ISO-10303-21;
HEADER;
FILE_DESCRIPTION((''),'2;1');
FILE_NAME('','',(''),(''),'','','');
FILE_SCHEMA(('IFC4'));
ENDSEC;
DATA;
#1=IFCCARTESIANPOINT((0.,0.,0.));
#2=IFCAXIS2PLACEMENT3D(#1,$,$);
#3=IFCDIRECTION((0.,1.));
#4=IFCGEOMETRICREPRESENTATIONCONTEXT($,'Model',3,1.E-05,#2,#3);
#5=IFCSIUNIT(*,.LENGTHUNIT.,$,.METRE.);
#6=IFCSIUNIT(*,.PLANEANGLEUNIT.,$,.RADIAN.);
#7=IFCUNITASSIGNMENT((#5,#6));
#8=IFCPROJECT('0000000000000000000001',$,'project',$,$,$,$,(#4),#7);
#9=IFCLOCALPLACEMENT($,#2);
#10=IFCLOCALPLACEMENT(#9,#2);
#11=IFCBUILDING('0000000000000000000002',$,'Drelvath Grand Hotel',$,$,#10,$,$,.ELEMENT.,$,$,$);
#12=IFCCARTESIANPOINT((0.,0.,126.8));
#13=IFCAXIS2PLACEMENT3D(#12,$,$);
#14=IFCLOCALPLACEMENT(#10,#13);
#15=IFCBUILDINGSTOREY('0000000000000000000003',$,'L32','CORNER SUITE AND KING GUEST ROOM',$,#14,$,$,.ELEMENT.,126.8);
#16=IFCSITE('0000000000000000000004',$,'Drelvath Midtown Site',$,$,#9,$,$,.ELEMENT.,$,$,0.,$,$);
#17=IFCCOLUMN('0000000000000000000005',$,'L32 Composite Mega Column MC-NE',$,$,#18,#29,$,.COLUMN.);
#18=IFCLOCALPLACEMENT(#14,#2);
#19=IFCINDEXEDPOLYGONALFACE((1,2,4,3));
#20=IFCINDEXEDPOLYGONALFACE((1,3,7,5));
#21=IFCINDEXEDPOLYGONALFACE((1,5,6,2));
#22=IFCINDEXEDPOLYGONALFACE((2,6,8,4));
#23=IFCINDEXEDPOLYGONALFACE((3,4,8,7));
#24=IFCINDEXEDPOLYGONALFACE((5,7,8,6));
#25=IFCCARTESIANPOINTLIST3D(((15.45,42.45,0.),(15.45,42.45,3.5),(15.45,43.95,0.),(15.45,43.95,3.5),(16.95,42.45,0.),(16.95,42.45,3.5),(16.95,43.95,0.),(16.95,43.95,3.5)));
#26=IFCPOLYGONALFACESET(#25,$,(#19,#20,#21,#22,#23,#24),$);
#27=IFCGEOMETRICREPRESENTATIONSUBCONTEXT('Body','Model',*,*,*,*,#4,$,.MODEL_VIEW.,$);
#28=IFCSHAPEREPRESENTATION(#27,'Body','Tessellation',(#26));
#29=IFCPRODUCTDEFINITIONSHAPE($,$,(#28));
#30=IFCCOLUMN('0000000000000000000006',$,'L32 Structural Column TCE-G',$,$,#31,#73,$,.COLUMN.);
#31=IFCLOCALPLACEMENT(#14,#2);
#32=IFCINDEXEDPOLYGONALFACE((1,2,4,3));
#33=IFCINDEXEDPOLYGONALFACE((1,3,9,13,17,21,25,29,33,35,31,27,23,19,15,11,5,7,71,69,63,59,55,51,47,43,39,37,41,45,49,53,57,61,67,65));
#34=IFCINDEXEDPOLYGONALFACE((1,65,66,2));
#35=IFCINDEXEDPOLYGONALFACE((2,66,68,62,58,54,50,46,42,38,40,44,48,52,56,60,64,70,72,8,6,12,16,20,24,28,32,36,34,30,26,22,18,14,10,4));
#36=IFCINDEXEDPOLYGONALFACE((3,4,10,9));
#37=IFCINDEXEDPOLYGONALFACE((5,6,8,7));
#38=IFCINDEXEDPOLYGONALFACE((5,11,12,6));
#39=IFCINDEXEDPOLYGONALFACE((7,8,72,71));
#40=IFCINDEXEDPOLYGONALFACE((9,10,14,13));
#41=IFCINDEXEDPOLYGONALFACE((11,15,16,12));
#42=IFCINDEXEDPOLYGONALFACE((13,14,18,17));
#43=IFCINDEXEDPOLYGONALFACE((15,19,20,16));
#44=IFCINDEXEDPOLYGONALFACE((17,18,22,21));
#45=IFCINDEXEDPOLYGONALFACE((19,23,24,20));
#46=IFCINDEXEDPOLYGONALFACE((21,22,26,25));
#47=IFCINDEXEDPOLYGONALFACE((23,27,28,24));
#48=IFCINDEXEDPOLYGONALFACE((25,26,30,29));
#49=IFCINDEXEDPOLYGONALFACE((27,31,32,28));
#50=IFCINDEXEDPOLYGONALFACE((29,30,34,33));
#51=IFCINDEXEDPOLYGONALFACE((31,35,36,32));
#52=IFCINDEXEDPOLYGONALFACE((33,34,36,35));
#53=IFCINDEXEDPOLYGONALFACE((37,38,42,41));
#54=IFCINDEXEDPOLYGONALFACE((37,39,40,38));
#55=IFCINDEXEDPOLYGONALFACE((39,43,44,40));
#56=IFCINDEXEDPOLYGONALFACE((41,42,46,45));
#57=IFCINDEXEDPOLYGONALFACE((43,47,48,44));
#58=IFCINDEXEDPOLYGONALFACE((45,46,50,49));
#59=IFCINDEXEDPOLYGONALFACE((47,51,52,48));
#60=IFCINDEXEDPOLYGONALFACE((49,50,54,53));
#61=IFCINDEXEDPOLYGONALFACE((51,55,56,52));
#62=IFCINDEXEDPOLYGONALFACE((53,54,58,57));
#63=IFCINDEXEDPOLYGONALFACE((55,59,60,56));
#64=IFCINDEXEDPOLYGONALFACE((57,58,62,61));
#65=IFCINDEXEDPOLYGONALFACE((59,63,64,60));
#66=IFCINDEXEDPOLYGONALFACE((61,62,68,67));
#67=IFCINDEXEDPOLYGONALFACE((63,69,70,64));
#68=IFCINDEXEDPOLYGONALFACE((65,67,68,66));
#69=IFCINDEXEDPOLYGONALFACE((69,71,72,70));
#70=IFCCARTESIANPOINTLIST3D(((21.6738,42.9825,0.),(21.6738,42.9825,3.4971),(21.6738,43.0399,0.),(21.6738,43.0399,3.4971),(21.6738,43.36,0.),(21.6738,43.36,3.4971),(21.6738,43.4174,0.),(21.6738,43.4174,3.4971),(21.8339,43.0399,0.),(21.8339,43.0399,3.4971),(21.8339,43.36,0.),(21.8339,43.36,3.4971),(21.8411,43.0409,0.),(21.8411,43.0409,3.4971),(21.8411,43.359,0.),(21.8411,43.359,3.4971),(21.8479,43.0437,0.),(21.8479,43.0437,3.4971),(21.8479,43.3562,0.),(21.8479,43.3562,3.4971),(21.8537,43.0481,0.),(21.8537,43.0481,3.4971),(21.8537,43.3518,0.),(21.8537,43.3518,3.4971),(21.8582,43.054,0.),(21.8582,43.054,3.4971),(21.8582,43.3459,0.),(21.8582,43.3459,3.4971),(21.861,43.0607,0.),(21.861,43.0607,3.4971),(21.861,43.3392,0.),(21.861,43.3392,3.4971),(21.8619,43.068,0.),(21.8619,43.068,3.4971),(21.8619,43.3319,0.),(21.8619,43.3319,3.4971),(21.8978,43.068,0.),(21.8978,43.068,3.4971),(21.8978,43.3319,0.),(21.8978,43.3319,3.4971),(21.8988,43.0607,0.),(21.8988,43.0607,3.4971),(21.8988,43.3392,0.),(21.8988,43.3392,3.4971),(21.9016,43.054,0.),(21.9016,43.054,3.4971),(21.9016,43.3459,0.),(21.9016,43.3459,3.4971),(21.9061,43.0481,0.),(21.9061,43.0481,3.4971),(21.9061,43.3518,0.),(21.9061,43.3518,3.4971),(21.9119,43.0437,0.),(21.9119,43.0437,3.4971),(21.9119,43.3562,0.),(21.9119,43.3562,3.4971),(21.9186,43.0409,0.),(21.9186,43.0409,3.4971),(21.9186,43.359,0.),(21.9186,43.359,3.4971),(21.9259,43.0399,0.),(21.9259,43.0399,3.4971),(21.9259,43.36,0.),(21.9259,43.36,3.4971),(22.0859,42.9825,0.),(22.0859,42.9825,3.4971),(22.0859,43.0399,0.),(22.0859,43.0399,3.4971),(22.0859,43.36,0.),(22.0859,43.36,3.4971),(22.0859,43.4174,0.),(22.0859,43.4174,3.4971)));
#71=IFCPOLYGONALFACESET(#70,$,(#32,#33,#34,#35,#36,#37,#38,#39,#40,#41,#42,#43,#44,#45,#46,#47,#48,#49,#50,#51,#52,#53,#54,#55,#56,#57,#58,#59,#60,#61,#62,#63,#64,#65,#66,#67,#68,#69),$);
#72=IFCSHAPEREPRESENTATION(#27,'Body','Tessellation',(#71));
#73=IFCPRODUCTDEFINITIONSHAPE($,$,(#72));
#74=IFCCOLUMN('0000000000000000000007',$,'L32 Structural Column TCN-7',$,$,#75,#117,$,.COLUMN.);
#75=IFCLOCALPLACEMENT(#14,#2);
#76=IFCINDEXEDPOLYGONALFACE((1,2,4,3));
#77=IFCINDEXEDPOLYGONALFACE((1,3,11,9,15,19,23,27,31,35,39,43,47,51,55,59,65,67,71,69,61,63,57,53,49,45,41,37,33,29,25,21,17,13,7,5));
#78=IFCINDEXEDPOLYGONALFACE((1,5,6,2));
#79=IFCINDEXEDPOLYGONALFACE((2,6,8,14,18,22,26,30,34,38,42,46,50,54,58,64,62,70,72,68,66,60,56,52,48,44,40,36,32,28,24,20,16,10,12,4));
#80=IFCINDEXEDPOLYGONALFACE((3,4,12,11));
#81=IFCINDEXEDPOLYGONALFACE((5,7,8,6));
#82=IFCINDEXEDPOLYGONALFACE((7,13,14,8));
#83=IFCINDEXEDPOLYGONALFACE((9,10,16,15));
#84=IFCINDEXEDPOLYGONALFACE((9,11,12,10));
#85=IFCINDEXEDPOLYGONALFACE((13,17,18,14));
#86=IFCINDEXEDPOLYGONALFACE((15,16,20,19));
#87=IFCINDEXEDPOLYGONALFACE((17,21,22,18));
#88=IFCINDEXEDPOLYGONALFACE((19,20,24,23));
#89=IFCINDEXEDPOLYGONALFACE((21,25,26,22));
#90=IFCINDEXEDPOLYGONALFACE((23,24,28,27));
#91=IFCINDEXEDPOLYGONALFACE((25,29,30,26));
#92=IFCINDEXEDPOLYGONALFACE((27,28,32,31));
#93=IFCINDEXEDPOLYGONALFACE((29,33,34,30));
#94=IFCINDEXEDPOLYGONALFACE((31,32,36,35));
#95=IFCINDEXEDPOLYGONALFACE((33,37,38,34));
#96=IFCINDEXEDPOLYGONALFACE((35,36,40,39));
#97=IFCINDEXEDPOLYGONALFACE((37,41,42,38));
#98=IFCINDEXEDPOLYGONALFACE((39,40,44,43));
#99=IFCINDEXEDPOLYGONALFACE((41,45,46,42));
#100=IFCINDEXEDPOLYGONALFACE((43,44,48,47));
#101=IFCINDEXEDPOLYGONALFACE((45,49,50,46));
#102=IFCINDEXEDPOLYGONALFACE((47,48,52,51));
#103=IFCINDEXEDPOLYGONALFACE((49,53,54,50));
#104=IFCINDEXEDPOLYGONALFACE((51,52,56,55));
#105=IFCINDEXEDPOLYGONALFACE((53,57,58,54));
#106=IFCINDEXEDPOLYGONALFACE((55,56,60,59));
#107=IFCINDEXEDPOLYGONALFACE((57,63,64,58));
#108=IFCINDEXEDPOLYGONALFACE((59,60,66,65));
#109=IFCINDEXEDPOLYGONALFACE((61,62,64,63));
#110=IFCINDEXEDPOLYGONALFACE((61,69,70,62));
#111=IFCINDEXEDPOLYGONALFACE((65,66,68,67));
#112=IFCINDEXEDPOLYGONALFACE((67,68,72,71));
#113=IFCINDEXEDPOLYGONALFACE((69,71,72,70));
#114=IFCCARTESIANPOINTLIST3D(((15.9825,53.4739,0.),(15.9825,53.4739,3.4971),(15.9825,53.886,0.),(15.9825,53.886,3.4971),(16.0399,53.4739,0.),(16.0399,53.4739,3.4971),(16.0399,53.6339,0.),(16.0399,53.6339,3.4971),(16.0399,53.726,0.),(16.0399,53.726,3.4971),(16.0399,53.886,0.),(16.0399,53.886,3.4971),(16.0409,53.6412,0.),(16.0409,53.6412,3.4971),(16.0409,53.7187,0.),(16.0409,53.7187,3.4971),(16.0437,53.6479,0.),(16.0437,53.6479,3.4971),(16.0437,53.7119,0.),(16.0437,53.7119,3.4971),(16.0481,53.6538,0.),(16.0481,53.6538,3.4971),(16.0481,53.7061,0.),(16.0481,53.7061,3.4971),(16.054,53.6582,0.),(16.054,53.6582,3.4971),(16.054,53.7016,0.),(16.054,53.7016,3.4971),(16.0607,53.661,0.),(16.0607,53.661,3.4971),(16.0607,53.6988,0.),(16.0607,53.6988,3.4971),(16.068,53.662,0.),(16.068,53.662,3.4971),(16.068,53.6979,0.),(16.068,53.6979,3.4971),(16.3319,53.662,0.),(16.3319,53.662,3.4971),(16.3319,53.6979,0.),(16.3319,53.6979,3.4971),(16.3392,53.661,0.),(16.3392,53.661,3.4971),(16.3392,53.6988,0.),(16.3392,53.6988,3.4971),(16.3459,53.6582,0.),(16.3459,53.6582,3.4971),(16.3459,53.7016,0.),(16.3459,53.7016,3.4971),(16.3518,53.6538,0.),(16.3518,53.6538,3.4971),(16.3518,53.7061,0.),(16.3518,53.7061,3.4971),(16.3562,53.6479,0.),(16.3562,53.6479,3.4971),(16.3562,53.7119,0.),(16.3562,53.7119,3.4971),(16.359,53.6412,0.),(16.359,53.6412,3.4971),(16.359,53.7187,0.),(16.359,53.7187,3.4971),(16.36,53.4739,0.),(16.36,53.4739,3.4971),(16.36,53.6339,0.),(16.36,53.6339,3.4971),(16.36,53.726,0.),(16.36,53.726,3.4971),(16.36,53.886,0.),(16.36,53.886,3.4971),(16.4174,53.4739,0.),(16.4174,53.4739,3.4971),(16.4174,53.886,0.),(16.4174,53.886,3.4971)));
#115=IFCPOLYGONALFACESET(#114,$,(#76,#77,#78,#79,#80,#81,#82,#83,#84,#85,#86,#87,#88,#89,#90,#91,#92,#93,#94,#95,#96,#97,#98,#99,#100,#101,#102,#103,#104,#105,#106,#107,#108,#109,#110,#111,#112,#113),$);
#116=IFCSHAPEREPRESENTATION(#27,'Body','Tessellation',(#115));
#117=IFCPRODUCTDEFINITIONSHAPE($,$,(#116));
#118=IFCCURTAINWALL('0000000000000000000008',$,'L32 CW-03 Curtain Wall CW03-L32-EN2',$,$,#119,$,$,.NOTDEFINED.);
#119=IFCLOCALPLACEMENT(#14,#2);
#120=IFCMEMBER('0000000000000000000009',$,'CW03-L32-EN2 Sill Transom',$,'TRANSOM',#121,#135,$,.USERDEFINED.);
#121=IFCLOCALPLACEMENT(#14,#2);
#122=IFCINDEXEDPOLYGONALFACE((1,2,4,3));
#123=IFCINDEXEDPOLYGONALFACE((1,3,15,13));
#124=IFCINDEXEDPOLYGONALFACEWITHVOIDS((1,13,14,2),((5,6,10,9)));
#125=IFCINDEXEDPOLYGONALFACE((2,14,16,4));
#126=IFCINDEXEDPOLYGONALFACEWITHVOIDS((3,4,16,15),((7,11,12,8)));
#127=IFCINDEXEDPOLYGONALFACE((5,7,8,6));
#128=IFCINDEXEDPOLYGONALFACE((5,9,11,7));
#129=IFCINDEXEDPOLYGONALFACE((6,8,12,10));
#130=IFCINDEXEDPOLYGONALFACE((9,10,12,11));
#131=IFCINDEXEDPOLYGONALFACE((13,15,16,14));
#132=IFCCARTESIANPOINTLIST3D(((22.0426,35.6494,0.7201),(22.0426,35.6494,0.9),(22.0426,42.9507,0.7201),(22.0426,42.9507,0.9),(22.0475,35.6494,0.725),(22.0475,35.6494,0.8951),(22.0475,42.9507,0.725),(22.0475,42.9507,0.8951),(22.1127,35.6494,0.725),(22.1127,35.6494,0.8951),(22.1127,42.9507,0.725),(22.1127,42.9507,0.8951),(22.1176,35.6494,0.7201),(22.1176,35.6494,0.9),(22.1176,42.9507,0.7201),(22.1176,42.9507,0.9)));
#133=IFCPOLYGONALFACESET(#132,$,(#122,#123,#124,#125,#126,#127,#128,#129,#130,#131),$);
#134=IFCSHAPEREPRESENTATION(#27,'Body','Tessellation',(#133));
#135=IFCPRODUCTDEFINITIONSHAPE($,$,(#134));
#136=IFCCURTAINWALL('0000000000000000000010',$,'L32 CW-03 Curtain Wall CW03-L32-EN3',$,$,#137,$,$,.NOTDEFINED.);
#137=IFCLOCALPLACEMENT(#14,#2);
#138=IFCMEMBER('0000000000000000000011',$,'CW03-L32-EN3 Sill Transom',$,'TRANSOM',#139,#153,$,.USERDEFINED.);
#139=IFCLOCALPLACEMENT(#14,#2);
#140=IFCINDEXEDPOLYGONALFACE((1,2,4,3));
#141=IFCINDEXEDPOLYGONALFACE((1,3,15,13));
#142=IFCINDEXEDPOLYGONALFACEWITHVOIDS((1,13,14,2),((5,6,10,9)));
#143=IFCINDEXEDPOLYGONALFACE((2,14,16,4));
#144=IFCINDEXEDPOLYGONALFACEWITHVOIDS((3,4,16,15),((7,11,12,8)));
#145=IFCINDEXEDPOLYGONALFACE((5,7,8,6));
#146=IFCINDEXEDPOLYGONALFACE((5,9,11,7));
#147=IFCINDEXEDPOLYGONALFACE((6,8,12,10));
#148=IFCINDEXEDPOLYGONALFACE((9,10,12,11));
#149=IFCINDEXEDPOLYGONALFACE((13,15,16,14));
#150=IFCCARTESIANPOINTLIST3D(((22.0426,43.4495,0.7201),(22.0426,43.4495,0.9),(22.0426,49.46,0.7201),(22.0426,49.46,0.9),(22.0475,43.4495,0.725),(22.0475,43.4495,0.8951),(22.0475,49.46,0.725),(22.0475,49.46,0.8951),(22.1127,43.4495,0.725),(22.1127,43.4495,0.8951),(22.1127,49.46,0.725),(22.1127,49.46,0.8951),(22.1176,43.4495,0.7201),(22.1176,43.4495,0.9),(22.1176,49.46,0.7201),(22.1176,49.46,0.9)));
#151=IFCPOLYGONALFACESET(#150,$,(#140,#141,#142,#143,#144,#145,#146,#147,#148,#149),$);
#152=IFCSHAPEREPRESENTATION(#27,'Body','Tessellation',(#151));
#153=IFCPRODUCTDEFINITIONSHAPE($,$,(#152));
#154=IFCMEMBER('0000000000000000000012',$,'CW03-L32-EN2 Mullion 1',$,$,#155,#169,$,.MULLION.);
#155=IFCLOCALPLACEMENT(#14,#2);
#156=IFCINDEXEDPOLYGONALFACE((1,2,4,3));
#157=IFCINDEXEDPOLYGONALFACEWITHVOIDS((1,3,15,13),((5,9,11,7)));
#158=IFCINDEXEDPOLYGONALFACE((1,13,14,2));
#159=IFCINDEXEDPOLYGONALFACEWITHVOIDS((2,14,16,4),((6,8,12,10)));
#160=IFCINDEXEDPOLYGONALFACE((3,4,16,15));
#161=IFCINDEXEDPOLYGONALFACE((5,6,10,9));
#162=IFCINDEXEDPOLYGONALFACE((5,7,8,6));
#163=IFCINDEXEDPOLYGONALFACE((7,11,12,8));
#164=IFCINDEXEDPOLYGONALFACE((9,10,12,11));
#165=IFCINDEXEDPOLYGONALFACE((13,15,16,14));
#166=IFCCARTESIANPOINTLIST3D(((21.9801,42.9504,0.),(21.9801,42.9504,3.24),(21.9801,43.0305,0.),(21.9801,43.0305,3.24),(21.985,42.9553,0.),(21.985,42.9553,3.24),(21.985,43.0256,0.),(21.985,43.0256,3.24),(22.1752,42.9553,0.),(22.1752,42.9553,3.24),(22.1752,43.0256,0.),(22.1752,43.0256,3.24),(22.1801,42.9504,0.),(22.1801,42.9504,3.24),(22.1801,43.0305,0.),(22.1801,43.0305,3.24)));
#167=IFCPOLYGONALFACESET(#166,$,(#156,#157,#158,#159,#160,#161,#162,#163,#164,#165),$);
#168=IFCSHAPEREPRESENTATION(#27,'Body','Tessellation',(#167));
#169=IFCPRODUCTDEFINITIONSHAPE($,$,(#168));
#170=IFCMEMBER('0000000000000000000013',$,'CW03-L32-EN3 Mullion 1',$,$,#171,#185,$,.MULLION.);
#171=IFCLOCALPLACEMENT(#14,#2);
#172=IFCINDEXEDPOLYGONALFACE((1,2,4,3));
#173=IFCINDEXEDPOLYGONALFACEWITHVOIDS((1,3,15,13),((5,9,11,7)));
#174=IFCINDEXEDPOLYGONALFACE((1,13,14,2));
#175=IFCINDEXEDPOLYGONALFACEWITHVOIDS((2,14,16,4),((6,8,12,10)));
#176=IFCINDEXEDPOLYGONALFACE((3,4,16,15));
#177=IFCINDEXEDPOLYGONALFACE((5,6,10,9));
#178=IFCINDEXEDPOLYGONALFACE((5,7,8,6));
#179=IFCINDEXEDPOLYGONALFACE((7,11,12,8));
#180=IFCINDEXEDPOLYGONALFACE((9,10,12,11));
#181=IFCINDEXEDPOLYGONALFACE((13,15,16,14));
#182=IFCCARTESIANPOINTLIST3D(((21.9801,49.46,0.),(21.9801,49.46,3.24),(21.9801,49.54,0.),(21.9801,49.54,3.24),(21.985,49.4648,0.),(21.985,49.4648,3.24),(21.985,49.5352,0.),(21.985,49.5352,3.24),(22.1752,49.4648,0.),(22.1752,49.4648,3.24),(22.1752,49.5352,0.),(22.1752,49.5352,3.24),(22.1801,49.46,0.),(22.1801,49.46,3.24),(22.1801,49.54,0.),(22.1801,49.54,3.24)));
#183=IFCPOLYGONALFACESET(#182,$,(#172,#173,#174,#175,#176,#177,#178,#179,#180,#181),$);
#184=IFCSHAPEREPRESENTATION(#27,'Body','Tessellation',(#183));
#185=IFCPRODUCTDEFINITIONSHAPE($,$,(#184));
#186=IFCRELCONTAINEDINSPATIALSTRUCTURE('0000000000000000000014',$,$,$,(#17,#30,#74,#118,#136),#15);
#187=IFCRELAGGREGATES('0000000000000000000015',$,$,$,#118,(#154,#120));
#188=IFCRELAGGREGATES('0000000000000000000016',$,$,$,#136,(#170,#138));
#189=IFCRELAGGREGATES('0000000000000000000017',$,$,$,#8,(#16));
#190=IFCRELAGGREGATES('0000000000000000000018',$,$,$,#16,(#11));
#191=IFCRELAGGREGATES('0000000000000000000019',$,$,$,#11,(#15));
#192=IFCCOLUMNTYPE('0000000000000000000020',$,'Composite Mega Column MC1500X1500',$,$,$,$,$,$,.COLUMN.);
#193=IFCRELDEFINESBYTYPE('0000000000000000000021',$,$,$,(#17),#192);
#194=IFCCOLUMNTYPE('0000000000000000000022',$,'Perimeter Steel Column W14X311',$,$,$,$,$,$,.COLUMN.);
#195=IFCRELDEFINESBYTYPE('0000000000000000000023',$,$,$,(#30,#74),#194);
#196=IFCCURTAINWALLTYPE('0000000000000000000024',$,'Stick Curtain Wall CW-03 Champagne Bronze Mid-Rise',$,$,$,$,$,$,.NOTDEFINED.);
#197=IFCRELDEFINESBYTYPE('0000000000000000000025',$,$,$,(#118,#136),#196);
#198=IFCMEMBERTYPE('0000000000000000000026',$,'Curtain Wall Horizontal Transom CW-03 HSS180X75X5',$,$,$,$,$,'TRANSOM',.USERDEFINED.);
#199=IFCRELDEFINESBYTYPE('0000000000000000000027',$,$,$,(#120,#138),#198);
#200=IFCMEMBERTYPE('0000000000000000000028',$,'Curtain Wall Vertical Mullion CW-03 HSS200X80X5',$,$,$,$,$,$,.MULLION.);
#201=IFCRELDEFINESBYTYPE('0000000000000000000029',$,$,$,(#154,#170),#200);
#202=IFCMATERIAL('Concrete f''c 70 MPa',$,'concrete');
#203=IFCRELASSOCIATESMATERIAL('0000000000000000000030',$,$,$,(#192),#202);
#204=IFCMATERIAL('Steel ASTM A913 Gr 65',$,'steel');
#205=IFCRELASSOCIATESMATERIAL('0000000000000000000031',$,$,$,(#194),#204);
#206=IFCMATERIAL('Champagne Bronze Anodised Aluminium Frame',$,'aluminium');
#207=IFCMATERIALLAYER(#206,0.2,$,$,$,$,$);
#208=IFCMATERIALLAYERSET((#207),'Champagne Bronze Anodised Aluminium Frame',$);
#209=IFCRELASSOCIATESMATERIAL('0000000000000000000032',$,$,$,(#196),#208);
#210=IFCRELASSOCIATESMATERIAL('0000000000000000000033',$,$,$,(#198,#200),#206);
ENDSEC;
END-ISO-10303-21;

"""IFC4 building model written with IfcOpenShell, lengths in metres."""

from ifc_helpers import new_model, si_unit, direction, frame, origin, origin_2d, place, context, subcontext, project, spatial, rectangle, hollow_rectangle, i_section, extrude, material, layer, layer_set, material_profile, profile_set, type_object, element, aggregate, save


model = new_model("IFC4")

# Units and contexts
model_context = context("Model", 3, precision=1e-05, world=origin(), true_north=direction((0.0, 1.0)))
body_context = subcontext(model_context, "Body", "Model", "MODEL_VIEW")
ifc_project = project(units=[si_unit("LENGTHUNIT", "METRE"), si_unit("PLANEANGLEUNIT", "RADIAN")], contexts=[model_context])

# Site, building, storey
site_placement = place(None, origin())
site = spatial("IfcSite", under=ifc_project, at=site_placement, Name="Drelvath Midtown Site", CompositionType="ELEMENT", RefElevation=0.0)
building_placement = place(site_placement, origin())
building = spatial("IfcBuilding", under=site, at=building_placement, Name="Drelvath Grand Hotel", CompositionType="ELEMENT")
storey_placement = place(building_placement, frame((0.0, 0.0, 126.8)))
storey = spatial("IfcBuildingStorey", under=building, at=storey_placement, Name="L32", Description="CORNER SUITE AND KING GUEST ROOM", CompositionType="ELEMENT", Elevation=126.8)

# Columns
ifc_material_1 = material(Name="Concrete f'c 70 MPa", Category="concrete")
ifc_material_profile_1 = material_profile(ifc_material_1, rectangle(XDim=1.5, YDim=1.5, at=origin_2d()), Name="MC1500X1500")
ifc_profile_set_1 = profile_set([ifc_material_profile_1], Name="Concrete f'c 70 MPa")
column_type_1 = type_object("IfcColumnType", Name="Composite Mega Column MC1500X1500", PredefinedType="COLUMN", material=ifc_profile_set_1)
column_placement = place(storey_placement, frame((16.2, 43.2, 0.0), z_axis=(0.0, 0.0, 1.0), x_axis=(1.0, 0.0, 0.0)))
element("IfcColumn", 1, at=column_placement, inside=storey, type_object=column_type_1, Name="L32 Composite Mega Column MC-NE", PredefinedType="COLUMN", context=body_context, shape_type="SweptSolid", body=[
    extrude(rectangle(XDim=1.5, YDim=1.5, at=origin_2d()), origin(), (0.0, 0.0, 1.0), 3.5),
])
ifc_material_2 = material(Name="Steel ASTM A913 Gr 65", Category="steel")
ifc_material_profile_2 = material_profile(ifc_material_2, i_section(OverallWidth=0.4121, OverallDepth=0.4348, WebThickness=0.0359, FlangeThickness=0.0574, FilletRadius=0.0281, at=origin_2d()), Name="W14X311")
ifc_profile_set_2 = profile_set([ifc_material_profile_2], Name="Steel ASTM A913 Gr 65")
column_type_2 = type_object("IfcColumnType", Name="Perimeter Steel Column W14X311", PredefinedType="COLUMN", material=ifc_profile_set_2)
for number, where, z_axis, x_axis, name in (
    (2, (21.8799, 43.2, 0.0), (0.0, 0.0, 1.0), (1.0, 0.0, 0.0), "L32 Structural Column TCE-G"),
    (3, (16.2, 53.6799, 0.0), (0.0, 0.0, 1.0), (0.0, 1.0, 0.0), "L32 Structural Column TCN-7"),
):
    element("IfcColumn", number, at=place(storey_placement, frame(where, z_axis=z_axis, x_axis=x_axis)), inside=storey, type_object=column_type_2, Name=name, PredefinedType="COLUMN", context=body_context, shape_type="SweptSolid", body=[
        extrude(i_section(OverallWidth=0.4121, OverallDepth=0.4348, WebThickness=0.0359, FlangeThickness=0.0574, FilletRadius=0.0281, at=origin_2d()), origin(), (0.0, 0.0, 1.0), 3.4971),
    ])

# Curtain walls, members
ifc_material_3 = material(Name="Champagne Bronze Anodised Aluminium Frame", Category="aluminium")
ifc_layer_1 = layer(ifc_material_3, 0.2)
ifc_layer_set_1 = layer_set([ifc_layer_1], Name="Champagne Bronze Anodised Aluminium Frame")
curtain_wall_type = type_object("IfcCurtainWallType", Name="Stick Curtain Wall CW-03 Champagne Bronze Mid-Rise", PredefinedType="NOTDEFINED", material=ifc_layer_set_1)
curtain_wall_1_placement = place(storey_placement, origin())
curtain_wall_1 = element("IfcCurtainWall", 4, at=curtain_wall_1_placement, inside=storey, type_object=curtain_wall_type, Name="L32 CW-03 Curtain Wall CW03-L32-EN2", PredefinedType="NOTDEFINED")
ifc_material_profile_3 = material_profile(ifc_material_3, hollow_rectangle(XDim=0.075, YDim=0.1799, WallThickness=0.0049, at=origin_2d()), Name="HSS180X75X5")
ifc_profile_set_3 = profile_set([ifc_material_profile_3], Name="Champagne Bronze Anodised Aluminium Frame")
member_type_1 = type_object("IfcMemberType", Name="Curtain Wall Horizontal Transom CW-03 HSS180X75X5", ElementType="TRANSOM", PredefinedType="USERDEFINED", material=ifc_profile_set_3)
member_1_placement = place(storey_placement, frame((22.0801, 42.9507, 0.8101), z_axis=(0.0, -1.0, 0.0), x_axis=(1.0, 0.0, 0.0)))
member_1 = element("IfcMember", 5, at=member_1_placement, type_object=member_type_1, Name="CW03-L32-EN2 Sill Transom", ObjectType="TRANSOM", PredefinedType="USERDEFINED", context=body_context, shape_type="SweptSolid", body=[
    extrude(hollow_rectangle(XDim=0.075, YDim=0.1799, WallThickness=0.0049, at=origin_2d()), origin(), (0.0, 0.0, 1.0), 7.3013),
])
curtain_wall_2_placement = place(storey_placement, origin())
curtain_wall_2 = element("IfcCurtainWall", 6, at=curtain_wall_2_placement, inside=storey, type_object=curtain_wall_type, Name="L32 CW-03 Curtain Wall CW03-L32-EN3", PredefinedType="NOTDEFINED")
member_2_placement = place(storey_placement, frame((22.0801, 49.46, 0.8101), z_axis=(0.0, -1.0, 0.0), x_axis=(1.0, 0.0, 0.0)))
member_2 = element("IfcMember", 7, at=member_2_placement, type_object=member_type_1, Name="CW03-L32-EN3 Sill Transom", ObjectType="TRANSOM", PredefinedType="USERDEFINED", context=body_context, shape_type="SweptSolid", body=[
    extrude(hollow_rectangle(XDim=0.075, YDim=0.1799, WallThickness=0.0049, at=origin_2d()), origin(), (0.0, 0.0, 1.0), 6.0105),
])

# Members
ifc_material_profile_4 = material_profile(ifc_material_3, hollow_rectangle(XDim=0.0801, YDim=0.2, WallThickness=0.0049, at=origin_2d()), Name="HSS200X80X5")
ifc_profile_set_4 = profile_set([ifc_material_profile_4], Name="Champagne Bronze Anodised Aluminium Frame")
member_type_2 = type_object("IfcMemberType", Name="Curtain Wall Vertical Mullion CW-03 HSS200X80X5", PredefinedType="MULLION", material=ifc_profile_set_4)
member_3_placement = place(storey_placement, frame((22.0801, 42.9905, 0.0), z_axis=(0.0, 0.0, 1.0), x_axis=(0.0, 1.0, 0.0)))
member_3 = element("IfcMember", 8, at=member_3_placement, type_object=member_type_2, Name="CW03-L32-EN2 Mullion 1", PredefinedType="MULLION", context=body_context, shape_type="SweptSolid", body=[
    extrude(hollow_rectangle(XDim=0.0801, YDim=0.2, WallThickness=0.0049, at=origin_2d()), origin(), (0.0, 0.0, 1.0), 3.24),
])
member_4_placement = place(storey_placement, frame((22.0801, 49.5, 0.0), z_axis=(0.0, 0.0, 1.0), x_axis=(0.0, 1.0, 0.0)))
member_4 = element("IfcMember", 9, at=member_4_placement, type_object=member_type_2, Name="CW03-L32-EN3 Mullion 1", PredefinedType="MULLION", context=body_context, shape_type="SweptSolid", body=[
    extrude(hollow_rectangle(XDim=0.0801, YDim=0.2, WallThickness=0.0049, at=origin_2d()), origin(), (0.0, 0.0, 1.0), 3.24),
])

aggregate(curtain_wall_1, [member_3, member_1])
aggregate(curtain_wall_2, [member_4, member_2])

save(model, "model.ifc")
